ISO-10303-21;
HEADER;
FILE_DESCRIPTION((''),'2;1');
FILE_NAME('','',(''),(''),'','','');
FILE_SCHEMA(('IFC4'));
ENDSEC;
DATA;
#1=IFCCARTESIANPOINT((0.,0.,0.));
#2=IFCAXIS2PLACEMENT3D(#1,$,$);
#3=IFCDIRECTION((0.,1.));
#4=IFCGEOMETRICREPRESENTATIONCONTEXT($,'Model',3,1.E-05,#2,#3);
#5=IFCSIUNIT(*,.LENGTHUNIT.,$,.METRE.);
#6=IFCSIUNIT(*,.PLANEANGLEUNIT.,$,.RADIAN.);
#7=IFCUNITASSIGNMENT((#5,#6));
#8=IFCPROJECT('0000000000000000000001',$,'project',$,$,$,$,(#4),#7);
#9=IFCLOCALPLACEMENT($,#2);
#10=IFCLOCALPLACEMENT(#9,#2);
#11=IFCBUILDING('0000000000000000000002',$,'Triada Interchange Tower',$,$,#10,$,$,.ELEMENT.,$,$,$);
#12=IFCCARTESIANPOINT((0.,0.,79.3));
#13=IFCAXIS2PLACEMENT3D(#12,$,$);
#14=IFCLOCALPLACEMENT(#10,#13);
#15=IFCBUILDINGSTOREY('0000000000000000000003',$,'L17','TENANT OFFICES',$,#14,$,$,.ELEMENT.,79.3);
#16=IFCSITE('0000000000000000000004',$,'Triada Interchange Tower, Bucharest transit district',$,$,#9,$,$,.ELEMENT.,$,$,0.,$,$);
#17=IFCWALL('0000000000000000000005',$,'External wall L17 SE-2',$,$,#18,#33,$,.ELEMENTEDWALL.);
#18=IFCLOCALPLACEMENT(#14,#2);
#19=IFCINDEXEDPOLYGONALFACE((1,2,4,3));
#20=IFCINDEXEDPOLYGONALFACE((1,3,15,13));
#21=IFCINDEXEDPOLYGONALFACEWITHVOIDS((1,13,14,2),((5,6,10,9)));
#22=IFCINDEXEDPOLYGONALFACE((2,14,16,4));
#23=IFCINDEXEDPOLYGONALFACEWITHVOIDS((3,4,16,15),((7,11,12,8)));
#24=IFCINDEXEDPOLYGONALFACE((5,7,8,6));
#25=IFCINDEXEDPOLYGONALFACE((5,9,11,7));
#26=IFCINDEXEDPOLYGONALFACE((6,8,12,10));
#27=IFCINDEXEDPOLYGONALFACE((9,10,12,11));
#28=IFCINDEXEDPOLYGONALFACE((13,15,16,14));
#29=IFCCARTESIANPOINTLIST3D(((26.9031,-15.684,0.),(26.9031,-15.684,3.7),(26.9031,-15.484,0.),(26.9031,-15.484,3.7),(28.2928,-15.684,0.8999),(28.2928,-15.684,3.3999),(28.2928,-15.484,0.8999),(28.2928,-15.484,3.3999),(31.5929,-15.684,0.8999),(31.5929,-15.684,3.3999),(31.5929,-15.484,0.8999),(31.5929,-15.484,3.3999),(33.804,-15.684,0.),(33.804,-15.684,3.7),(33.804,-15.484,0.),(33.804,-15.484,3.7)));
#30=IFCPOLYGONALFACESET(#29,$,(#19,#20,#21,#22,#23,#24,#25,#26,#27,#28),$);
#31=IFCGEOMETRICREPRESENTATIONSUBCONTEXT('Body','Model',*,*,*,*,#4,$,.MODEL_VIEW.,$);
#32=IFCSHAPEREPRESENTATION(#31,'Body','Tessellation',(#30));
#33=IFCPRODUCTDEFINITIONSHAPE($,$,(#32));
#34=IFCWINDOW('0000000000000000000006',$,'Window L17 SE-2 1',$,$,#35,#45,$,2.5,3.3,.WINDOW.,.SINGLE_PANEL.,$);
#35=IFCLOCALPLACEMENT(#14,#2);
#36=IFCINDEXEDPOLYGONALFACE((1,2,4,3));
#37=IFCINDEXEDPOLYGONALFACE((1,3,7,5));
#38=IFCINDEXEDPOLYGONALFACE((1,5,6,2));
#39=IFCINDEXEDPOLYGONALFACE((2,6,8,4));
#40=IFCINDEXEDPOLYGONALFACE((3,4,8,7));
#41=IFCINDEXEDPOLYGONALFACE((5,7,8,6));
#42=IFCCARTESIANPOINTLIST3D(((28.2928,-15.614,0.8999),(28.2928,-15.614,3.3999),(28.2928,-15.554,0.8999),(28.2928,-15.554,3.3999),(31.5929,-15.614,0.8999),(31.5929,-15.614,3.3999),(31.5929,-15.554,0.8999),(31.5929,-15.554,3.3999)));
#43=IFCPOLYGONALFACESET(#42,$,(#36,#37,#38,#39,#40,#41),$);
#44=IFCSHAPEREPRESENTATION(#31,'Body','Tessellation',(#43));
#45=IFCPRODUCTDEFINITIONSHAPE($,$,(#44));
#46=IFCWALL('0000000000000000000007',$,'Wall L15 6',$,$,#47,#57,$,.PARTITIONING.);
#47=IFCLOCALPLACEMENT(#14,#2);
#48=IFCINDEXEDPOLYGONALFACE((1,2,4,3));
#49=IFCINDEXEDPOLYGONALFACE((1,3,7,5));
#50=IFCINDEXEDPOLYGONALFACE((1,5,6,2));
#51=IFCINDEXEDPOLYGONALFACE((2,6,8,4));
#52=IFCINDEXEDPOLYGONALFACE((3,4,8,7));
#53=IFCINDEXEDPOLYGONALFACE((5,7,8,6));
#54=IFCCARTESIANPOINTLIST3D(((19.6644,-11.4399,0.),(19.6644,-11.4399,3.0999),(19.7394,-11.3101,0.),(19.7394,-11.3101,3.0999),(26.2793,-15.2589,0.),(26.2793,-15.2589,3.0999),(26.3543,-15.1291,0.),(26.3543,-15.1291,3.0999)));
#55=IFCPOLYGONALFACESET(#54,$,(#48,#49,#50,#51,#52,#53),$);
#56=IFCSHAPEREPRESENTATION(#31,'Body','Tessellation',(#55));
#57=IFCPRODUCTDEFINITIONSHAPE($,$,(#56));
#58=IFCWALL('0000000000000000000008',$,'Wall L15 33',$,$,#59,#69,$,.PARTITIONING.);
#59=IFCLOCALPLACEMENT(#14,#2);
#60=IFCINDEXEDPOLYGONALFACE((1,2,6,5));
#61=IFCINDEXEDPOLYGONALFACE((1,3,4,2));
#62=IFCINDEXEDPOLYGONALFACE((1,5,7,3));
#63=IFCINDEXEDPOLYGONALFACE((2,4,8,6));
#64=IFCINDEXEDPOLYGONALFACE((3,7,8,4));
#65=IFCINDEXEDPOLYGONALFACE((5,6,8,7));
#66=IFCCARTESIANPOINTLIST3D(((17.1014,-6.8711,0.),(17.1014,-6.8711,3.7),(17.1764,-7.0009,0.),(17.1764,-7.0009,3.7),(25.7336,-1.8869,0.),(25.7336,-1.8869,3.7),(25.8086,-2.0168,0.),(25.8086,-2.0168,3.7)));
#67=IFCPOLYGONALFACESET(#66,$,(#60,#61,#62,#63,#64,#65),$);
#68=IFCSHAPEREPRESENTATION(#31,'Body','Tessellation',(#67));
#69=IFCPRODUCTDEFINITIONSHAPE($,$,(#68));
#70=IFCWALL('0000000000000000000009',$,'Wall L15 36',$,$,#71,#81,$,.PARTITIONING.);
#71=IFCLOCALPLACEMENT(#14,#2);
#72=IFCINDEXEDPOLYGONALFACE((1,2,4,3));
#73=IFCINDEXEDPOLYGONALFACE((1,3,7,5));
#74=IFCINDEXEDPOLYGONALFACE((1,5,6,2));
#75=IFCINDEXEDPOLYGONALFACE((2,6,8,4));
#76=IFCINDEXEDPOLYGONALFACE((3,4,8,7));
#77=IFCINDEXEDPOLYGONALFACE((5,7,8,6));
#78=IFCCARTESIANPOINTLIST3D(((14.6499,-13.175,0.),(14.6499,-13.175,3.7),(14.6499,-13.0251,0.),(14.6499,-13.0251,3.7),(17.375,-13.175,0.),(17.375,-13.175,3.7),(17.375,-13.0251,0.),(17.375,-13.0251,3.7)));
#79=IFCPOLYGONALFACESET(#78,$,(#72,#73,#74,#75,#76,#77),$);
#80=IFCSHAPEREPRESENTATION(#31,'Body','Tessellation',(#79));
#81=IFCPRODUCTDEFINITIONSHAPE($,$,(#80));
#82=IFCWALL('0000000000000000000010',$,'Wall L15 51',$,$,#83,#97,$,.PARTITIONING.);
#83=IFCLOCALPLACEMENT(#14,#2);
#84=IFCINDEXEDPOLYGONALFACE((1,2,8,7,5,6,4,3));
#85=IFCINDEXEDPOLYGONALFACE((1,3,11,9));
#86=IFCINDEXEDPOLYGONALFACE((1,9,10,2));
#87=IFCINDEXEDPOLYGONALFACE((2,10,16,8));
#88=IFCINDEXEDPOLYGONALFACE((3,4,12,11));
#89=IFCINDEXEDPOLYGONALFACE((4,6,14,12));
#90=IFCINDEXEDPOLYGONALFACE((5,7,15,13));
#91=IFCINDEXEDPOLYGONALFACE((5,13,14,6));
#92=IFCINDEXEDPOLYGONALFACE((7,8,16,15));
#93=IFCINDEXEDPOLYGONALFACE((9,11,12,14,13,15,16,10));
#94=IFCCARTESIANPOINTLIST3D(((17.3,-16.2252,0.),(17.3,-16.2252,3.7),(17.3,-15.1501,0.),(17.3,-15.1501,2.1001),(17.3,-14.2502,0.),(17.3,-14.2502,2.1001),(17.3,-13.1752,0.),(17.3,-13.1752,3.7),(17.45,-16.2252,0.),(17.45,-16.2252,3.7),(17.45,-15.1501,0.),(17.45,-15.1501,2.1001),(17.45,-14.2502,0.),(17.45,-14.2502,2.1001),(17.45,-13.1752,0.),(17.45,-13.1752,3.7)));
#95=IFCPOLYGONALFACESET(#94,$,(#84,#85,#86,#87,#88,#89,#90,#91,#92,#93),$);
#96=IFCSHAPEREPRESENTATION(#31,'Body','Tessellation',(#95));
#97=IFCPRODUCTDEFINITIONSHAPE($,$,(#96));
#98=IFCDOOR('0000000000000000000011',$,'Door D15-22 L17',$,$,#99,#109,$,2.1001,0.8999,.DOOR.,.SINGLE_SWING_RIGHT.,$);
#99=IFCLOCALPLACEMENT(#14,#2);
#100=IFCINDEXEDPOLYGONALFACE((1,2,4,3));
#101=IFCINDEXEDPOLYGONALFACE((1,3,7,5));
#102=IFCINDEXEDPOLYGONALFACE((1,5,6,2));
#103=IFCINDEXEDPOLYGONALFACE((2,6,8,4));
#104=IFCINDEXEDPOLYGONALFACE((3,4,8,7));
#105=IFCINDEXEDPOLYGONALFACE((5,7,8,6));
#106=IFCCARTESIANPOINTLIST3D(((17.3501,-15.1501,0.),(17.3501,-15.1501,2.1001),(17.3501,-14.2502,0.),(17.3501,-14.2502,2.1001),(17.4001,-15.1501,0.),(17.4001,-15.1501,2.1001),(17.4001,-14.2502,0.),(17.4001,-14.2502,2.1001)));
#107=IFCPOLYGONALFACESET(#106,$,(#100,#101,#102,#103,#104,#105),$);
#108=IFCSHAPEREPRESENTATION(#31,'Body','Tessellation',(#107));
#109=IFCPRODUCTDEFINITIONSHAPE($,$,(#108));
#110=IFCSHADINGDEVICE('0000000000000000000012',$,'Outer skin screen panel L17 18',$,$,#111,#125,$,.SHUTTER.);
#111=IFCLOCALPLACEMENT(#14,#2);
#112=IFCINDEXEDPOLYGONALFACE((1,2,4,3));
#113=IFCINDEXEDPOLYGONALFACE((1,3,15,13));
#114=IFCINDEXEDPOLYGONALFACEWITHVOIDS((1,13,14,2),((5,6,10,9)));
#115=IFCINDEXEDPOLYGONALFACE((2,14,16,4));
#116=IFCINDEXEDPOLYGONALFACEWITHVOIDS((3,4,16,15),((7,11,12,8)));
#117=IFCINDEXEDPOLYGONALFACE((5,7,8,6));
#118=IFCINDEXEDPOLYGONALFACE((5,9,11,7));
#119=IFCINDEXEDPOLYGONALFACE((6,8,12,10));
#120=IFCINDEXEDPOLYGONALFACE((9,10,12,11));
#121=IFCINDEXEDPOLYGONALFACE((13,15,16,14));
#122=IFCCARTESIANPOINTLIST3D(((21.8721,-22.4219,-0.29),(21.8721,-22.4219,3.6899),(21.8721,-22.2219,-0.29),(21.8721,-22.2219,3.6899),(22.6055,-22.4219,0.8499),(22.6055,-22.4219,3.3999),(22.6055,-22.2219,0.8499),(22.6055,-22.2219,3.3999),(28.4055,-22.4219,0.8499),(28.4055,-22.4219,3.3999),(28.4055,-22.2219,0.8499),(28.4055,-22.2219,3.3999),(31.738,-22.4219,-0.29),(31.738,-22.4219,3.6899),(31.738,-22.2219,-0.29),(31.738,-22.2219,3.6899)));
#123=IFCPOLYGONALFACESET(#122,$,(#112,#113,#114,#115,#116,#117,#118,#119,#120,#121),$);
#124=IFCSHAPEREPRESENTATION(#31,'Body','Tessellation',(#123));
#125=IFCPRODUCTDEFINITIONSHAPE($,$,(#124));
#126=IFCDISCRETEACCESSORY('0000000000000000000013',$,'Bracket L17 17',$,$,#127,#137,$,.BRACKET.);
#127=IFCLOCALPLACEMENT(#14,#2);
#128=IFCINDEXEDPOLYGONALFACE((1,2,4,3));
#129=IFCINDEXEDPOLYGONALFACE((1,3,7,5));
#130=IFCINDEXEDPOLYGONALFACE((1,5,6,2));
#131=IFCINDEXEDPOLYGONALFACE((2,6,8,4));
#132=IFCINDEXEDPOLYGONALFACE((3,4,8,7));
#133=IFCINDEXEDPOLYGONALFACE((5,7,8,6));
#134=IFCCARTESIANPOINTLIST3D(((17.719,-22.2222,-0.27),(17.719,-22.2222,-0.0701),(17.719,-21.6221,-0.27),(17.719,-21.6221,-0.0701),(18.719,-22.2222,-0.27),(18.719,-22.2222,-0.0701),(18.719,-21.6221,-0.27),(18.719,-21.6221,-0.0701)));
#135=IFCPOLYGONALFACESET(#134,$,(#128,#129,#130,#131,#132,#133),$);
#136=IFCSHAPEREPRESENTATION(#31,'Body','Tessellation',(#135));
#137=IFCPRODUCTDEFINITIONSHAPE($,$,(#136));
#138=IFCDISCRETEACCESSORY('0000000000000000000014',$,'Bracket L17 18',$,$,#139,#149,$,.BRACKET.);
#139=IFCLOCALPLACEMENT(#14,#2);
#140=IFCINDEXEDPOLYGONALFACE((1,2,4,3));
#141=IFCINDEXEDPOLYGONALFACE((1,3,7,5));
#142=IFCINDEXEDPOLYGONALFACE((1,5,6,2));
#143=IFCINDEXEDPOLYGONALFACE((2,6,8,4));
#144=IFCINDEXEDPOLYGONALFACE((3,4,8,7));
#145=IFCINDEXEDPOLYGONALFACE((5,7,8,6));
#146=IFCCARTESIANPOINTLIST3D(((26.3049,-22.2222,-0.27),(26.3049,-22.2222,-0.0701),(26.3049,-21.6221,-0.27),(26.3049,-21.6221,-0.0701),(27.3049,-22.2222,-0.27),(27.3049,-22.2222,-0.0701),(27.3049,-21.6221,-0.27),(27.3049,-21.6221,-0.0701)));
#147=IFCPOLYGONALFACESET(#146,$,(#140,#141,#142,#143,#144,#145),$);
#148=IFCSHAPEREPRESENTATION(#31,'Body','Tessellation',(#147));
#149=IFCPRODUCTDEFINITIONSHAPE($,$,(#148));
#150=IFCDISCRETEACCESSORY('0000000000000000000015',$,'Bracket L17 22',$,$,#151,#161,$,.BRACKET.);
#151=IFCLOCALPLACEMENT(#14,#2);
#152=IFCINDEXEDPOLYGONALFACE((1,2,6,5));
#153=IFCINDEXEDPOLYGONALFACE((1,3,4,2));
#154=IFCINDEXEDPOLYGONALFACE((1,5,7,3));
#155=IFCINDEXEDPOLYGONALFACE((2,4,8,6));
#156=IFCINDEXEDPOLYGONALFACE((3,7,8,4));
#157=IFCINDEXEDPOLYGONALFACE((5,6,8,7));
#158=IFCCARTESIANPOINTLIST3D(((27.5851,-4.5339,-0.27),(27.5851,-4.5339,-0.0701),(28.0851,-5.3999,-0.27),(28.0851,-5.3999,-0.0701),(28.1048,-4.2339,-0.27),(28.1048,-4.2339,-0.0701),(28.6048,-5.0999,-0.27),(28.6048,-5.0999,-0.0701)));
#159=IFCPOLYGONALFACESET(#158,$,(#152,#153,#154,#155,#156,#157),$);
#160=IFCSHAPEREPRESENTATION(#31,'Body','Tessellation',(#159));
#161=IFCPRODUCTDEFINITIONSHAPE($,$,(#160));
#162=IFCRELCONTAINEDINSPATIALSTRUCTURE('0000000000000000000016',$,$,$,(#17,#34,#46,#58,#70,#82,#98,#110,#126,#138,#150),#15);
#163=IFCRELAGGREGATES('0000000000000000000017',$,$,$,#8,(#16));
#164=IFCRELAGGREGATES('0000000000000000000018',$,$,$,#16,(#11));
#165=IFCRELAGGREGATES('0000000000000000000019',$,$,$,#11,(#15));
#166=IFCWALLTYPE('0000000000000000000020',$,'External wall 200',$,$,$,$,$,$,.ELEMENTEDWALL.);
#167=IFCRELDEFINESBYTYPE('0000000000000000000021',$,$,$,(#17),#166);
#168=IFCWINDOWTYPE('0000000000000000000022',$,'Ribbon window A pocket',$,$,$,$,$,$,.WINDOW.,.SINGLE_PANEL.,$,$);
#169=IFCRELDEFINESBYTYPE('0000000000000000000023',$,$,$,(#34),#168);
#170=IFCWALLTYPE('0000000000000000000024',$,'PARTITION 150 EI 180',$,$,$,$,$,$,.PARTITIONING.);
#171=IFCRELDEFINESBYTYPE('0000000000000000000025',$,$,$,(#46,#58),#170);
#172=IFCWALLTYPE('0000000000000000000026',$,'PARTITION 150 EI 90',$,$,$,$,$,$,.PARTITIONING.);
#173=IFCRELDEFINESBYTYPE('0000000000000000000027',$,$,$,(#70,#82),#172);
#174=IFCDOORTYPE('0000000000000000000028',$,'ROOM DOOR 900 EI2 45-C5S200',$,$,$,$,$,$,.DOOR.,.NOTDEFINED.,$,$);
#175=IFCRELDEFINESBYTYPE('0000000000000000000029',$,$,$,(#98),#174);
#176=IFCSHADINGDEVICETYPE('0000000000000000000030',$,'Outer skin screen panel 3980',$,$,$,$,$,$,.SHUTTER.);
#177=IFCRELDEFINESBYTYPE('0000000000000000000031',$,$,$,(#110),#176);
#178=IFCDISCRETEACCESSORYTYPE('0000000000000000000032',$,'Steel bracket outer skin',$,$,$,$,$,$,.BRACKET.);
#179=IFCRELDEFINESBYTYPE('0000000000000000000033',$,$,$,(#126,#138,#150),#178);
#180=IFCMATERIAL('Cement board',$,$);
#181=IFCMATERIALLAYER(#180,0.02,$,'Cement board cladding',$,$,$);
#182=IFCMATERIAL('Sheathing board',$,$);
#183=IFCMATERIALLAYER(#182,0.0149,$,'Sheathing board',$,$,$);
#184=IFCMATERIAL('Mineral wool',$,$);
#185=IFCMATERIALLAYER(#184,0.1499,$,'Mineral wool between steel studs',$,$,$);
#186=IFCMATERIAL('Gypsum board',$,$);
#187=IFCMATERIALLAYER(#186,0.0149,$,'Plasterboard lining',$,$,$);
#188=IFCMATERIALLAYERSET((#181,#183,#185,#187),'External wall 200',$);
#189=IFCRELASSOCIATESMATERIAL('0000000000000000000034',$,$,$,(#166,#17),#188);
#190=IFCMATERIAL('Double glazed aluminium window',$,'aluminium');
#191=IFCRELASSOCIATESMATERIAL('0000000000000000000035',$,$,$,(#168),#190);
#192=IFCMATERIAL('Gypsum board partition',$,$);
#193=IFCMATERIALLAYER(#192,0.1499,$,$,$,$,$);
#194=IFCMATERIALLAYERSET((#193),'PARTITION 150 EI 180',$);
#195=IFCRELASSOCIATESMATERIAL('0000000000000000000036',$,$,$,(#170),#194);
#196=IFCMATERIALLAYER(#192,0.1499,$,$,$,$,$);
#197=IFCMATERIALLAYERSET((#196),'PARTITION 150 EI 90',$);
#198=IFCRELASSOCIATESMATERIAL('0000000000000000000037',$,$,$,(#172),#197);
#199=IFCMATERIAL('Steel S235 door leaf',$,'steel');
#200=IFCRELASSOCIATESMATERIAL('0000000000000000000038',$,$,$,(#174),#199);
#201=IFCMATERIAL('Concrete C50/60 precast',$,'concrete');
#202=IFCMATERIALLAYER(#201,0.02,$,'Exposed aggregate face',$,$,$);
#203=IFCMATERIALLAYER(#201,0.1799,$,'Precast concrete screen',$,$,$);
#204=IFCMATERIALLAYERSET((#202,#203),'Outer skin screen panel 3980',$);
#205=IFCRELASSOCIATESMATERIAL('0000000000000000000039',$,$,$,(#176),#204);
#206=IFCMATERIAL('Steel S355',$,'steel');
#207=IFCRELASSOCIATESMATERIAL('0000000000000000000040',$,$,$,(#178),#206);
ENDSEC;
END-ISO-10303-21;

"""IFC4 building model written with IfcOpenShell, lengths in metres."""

from ifc_helpers import new_model, si_unit, direction, frame, frame_2d, origin, origin_2d, place, context, subcontext, project, spatial, polyline, rectangle, outline, extrude, material, layer, layer_set, layer_usage, type_object, element, fill, save


model = new_model("IFC4")

# Units and contexts
model_context = context("Model", 3, precision=1e-05, world=origin(), true_north=direction((0.0, 1.0)))
body_context = subcontext(model_context, "Body", "Model", "MODEL_VIEW")
ifc_project = project(units=[si_unit("LENGTHUNIT", "METRE"), si_unit("PLANEANGLEUNIT", "RADIAN")], contexts=[model_context])

# Site, building, storey
site_placement = place(None, origin())
site = spatial("IfcSite", under=ifc_project, at=site_placement, Name="Triada Interchange Tower, Bucharest transit district", CompositionType="ELEMENT", RefElevation=0.0)
building_placement = place(site_placement, origin())
building = spatial("IfcBuilding", under=site, at=building_placement, Name="Triada Interchange Tower", CompositionType="ELEMENT")
storey_placement = place(building_placement, frame((0.0, 0.0, 79.3)))
storey = spatial("IfcBuildingStorey", under=building, at=storey_placement, Name="L17", Description="TENANT OFFICES", CompositionType="ELEMENT", Elevation=79.3)

# Wall, opening, window
ifc_material_1 = material(Name="Cement board")
ifc_layer_1 = layer(ifc_material_1, 0.02, Name="Cement board cladding")
ifc_material_2 = material(Name="Sheathing board")
ifc_layer_2 = layer(ifc_material_2, 0.0149, Name="Sheathing board")
ifc_material_3 = material(Name="Mineral wool")
ifc_layer_3 = layer(ifc_material_3, 0.1499, Name="Mineral wool between steel studs")
ifc_material_4 = material(Name="Gypsum board")
ifc_layer_4 = layer(ifc_material_4, 0.0149, Name="Plasterboard lining")
ifc_layer_set_1 = layer_set([ifc_layer_1, ifc_layer_2, ifc_layer_3, ifc_layer_4], Name="External wall 200")
ifc_layer_usage = layer_usage(ifc_layer_set_1, "AXIS2", "POSITIVE", -0.1001)
wall_type_1 = type_object("IfcWallType", Name="External wall 200", PredefinedType="ELEMENTEDWALL", material=ifc_layer_set_1)
wall_1_placement = place(storey_placement, frame((26.9031, -15.584, 0.0), z_axis=(0.0, 0.0, 1.0), x_axis=(1.0, 0.0, 0.0)))
wall_1 = element("IfcWall", 1, at=wall_1_placement, inside=storey, type_object=wall_type_1, material=ifc_layer_usage, Name="External wall L17 SE-2", PredefinedType="ELEMENTEDWALL", context=body_context, shape_type="SweptSolid", body=[
    extrude(rectangle(XDim=6.9009, YDim=0.2, at=frame_2d((3.4504, 0.0))), origin(), (0.0, 0.0, 1.0), 3.7),
])
opening_1_placement = place(wall_1_placement, frame((1.3899, 0.0, 0.8999)))
opening_1 = element("IfcOpeningElement", 2, at=opening_1_placement, cuts=wall_1, PredefinedType="OPENING", context=body_context, shape_type="SweptSolid", body=[
    extrude(rectangle(XDim=3.3, YDim=2.5, at=frame_2d((1.6499, 1.25))), frame((0.0, 0.1099, 0.0), z_axis=(0.0, -1.0, 0.0), x_axis=(1.0, 0.0, 0.0)), (0.0, 0.0, 1.0), 0.22),
])
ifc_material_5 = material(Name="Double glazed aluminium window", Category="aluminium")
window_type = type_object("IfcWindowType", Name="Ribbon window A pocket", PartitioningType="SINGLE_PANEL", PredefinedType="WINDOW", material=ifc_material_5)
window_placement = place(opening_1_placement, origin())
window = element("IfcWindow", 3, at=window_placement, inside=storey, type_object=window_type, Name="Window L17 SE-2 1", OverallHeight=2.5, OverallWidth=3.3, PartitioningType="SINGLE_PANEL", PredefinedType="WINDOW", context=body_context, shape_type="SweptSolid", body=[
    extrude(rectangle(XDim=3.3, YDim=2.5, at=frame_2d((1.6499, 1.25))), frame((0.0, 0.03, 0.0), z_axis=(0.0, -1.0, 0.0), x_axis=(1.0, 0.0, 0.0)), (0.0, 0.0, 1.0), 0.0601),
])
fill(opening_1, window)

# Walls
ifc_material_6 = material(Name="Gypsum board partition")
ifc_layer_5 = layer(ifc_material_6, 0.1499)
ifc_layer_set_2 = layer_set([ifc_layer_5], Name="PARTITION 150 EI 180")
wall_type_2 = type_object("IfcWallType", Name="PARTITION 150 EI 180", PredefinedType="PARTITIONING", material=ifc_layer_set_2)
wall_2_placement = place(storey_placement, frame((19.7019, -11.375, 0.0), z_axis=(0.0, 0.0, 1.0), x_axis=(0.86603, -0.499993, 0.0)))
element("IfcWall", 4, at=wall_2_placement, inside=storey, type_object=wall_type_2, Name="Wall L15 6", PredefinedType="PARTITIONING", context=body_context, shape_type="SweptSolid", body=[
    extrude(rectangle(XDim=7.6382, YDim=0.1499, at=frame_2d((3.8191, 0.0))), origin(), (0.0, 0.0, 1.0), 3.0999),
])
wall_3_placement = place(storey_placement, frame((17.1389, -6.936, 0.0), z_axis=(0.0, 0.0, 1.0), x_axis=(0.866008, 0.50003, 0.0)))
element("IfcWall", 5, at=wall_3_placement, inside=storey, type_object=wall_type_2, Name="Wall L15 33", PredefinedType="PARTITIONING", context=body_context, shape_type="SweptSolid", body=[
    extrude(rectangle(XDim=9.9678, YDim=0.1499, at=frame_2d((4.9839, 0.0))), origin(), (0.0, 0.0, 1.0), 3.7),
])
ifc_layer_6 = layer(ifc_material_6, 0.1499)
ifc_layer_set_3 = layer_set([ifc_layer_6], Name="PARTITION 150 EI 90")
wall_type_3 = type_object("IfcWallType", Name="PARTITION 150 EI 90", PredefinedType="PARTITIONING", material=ifc_layer_set_3)
wall_4_placement = place(storey_placement, frame((14.6499, -13.1001, 0.0), z_axis=(0.0, 0.0, 1.0), x_axis=(1.0, 0.0, 0.0)))
element("IfcWall", 6, at=wall_4_placement, inside=storey, type_object=wall_type_3, Name="Wall L15 36", PredefinedType="PARTITIONING", context=body_context, shape_type="SweptSolid", body=[
    extrude(rectangle(XDim=2.7251, YDim=0.1499, at=frame_2d((1.3625, 0.0))), origin(), (0.0, 0.0, 1.0), 3.7),
])

# Wall, opening, door
wall_5_placement = place(storey_placement, frame((17.375, -16.2251, 0.0), z_axis=(0.0, 0.0, 1.0), x_axis=(0.0, 1.0, 0.0)))
wall_5 = element("IfcWall", 7, at=wall_5_placement, inside=storey, type_object=wall_type_3, Name="Wall L15 51", PredefinedType="PARTITIONING", context=body_context, shape_type="SweptSolid", body=[
    extrude(rectangle(XDim=3.05, YDim=0.1499, at=frame_2d((1.5249, 0.0))), origin(), (0.0, 0.0, 1.0), 3.7),
])
opening_2_placement = place(wall_5_placement, frame((1.075, 0.0, 0.0)))
opening_2 = element("IfcOpeningElement", 8, at=opening_2_placement, cuts=wall_5, PredefinedType="OPENING", context=body_context, shape_type="SweptSolid", body=[
    extrude(rectangle(XDim=0.8999, YDim=2.1001, at=frame_2d((0.45, 1.05))), frame((0.0, 0.085, 0.0), z_axis=(0.0, -1.0, 0.0), x_axis=(1.0, 0.0, 0.0)), (0.0, 0.0, 1.0), 0.1699),
])
ifc_material_7 = material(Name="Steel S235 door leaf", Category="steel")
door_type = type_object("IfcDoorType", Name="ROOM DOOR 900 EI2 45-C5S200", OperationType="NOTDEFINED", PredefinedType="DOOR", material=ifc_material_7)
door_placement = place(opening_2_placement, origin())
door = element("IfcDoor", 9, at=door_placement, inside=storey, type_object=door_type, Name="Door D15-22 L17", OperationType="SINGLE_SWING_RIGHT", OverallHeight=2.1001, OverallWidth=0.8999, PredefinedType="DOOR", context=body_context, shape_type="SweptSolid", body=[
    extrude(rectangle(XDim=0.8999, YDim=2.1001, at=frame_2d((0.45, 1.05))), frame((0.0, 0.0249, 0.0), z_axis=(0.0, -1.0, 0.0), x_axis=(1.0, 0.0, 0.0)), (0.0, 0.0, 1.0), 0.05),
])
fill(opening_2, door)

# Shading device
ifc_material_8 = material(Name="Concrete C50/60 precast", Category="concrete")
ifc_layer_7 = layer(ifc_material_8, 0.02, Name="Exposed aggregate face")
ifc_layer_8 = layer(ifc_material_8, 0.1799, Name="Precast concrete screen")
ifc_layer_set_4 = layer_set([ifc_layer_7, ifc_layer_8], Name="Outer skin screen panel 3980")
shading_device_type = type_object("IfcShadingDeviceType", Name="Outer skin screen panel 3980", PredefinedType="SHUTTER", material=ifc_layer_set_4)
shading_device_placement = place(storey_placement, frame((21.8721, -22.2219, -0.29), z_axis=(0.0, 0.0, 1.0), x_axis=(1.0, 0.0, 0.0)))
element("IfcShadingDevice", 10, at=shading_device_placement, inside=storey, type_object=shading_device_type, Name="Outer skin screen panel L17 18", PredefinedType="SHUTTER", context=body_context, shape_type="SweptSolid", body=[
    extrude(outline(polyline([(0.0, 0.0), (9.866, 0.0), (9.866, 3.98), (0.0, 3.98), (0.0, 0.0)]), holes=[polyline([(0.7334, 1.1399), (0.7334, 3.6899), (6.5334, 3.6899), (6.5334, 1.1399), (0.7334, 1.1399)])]), frame((0.0, 0.0, 0.0), z_axis=(0.0, -1.0, 0.0), x_axis=(1.0, 0.0, 0.0)), (0.0, 0.0, 1.0), 0.2),
])

# Discrete accessories
ifc_material_9 = material(Name="Steel S355", Category="steel")
discrete_accessory_type = type_object("IfcDiscreteAccessoryType", Name="Steel bracket outer skin", PredefinedType="BRACKET", material=ifc_material_9)
for number, where, z_axis, x_axis, name in (
    (11, (18.219, -21.9221, -0.27), (0.0, 0.0, 1.0), (0.0, -1.0, 0.0), "Bracket L17 17"),
    (12, (26.8049, -21.9221, -0.27), (0.0, 0.0, 1.0), (0.0, -1.0, 0.0), "Bracket L17 18"),
    (13, (28.095, -4.8169, -0.27), (0.0, 0.0, 1.0), (0.866027, 0.499997, 0.0), "Bracket L17 22"),
):
    element("IfcDiscreteAccessory", number, at=place(storey_placement, frame(where, z_axis=z_axis, x_axis=x_axis)), inside=storey, type_object=discrete_accessory_type, Name=name, PredefinedType="BRACKET", context=body_context, shape_type="SweptSolid", body=[
        extrude(rectangle(XDim=0.6001, YDim=1.0, at=origin_2d()), origin(), (0.0, 0.0, 1.0), 0.2),
    ])

save(model, "model.ifc")
